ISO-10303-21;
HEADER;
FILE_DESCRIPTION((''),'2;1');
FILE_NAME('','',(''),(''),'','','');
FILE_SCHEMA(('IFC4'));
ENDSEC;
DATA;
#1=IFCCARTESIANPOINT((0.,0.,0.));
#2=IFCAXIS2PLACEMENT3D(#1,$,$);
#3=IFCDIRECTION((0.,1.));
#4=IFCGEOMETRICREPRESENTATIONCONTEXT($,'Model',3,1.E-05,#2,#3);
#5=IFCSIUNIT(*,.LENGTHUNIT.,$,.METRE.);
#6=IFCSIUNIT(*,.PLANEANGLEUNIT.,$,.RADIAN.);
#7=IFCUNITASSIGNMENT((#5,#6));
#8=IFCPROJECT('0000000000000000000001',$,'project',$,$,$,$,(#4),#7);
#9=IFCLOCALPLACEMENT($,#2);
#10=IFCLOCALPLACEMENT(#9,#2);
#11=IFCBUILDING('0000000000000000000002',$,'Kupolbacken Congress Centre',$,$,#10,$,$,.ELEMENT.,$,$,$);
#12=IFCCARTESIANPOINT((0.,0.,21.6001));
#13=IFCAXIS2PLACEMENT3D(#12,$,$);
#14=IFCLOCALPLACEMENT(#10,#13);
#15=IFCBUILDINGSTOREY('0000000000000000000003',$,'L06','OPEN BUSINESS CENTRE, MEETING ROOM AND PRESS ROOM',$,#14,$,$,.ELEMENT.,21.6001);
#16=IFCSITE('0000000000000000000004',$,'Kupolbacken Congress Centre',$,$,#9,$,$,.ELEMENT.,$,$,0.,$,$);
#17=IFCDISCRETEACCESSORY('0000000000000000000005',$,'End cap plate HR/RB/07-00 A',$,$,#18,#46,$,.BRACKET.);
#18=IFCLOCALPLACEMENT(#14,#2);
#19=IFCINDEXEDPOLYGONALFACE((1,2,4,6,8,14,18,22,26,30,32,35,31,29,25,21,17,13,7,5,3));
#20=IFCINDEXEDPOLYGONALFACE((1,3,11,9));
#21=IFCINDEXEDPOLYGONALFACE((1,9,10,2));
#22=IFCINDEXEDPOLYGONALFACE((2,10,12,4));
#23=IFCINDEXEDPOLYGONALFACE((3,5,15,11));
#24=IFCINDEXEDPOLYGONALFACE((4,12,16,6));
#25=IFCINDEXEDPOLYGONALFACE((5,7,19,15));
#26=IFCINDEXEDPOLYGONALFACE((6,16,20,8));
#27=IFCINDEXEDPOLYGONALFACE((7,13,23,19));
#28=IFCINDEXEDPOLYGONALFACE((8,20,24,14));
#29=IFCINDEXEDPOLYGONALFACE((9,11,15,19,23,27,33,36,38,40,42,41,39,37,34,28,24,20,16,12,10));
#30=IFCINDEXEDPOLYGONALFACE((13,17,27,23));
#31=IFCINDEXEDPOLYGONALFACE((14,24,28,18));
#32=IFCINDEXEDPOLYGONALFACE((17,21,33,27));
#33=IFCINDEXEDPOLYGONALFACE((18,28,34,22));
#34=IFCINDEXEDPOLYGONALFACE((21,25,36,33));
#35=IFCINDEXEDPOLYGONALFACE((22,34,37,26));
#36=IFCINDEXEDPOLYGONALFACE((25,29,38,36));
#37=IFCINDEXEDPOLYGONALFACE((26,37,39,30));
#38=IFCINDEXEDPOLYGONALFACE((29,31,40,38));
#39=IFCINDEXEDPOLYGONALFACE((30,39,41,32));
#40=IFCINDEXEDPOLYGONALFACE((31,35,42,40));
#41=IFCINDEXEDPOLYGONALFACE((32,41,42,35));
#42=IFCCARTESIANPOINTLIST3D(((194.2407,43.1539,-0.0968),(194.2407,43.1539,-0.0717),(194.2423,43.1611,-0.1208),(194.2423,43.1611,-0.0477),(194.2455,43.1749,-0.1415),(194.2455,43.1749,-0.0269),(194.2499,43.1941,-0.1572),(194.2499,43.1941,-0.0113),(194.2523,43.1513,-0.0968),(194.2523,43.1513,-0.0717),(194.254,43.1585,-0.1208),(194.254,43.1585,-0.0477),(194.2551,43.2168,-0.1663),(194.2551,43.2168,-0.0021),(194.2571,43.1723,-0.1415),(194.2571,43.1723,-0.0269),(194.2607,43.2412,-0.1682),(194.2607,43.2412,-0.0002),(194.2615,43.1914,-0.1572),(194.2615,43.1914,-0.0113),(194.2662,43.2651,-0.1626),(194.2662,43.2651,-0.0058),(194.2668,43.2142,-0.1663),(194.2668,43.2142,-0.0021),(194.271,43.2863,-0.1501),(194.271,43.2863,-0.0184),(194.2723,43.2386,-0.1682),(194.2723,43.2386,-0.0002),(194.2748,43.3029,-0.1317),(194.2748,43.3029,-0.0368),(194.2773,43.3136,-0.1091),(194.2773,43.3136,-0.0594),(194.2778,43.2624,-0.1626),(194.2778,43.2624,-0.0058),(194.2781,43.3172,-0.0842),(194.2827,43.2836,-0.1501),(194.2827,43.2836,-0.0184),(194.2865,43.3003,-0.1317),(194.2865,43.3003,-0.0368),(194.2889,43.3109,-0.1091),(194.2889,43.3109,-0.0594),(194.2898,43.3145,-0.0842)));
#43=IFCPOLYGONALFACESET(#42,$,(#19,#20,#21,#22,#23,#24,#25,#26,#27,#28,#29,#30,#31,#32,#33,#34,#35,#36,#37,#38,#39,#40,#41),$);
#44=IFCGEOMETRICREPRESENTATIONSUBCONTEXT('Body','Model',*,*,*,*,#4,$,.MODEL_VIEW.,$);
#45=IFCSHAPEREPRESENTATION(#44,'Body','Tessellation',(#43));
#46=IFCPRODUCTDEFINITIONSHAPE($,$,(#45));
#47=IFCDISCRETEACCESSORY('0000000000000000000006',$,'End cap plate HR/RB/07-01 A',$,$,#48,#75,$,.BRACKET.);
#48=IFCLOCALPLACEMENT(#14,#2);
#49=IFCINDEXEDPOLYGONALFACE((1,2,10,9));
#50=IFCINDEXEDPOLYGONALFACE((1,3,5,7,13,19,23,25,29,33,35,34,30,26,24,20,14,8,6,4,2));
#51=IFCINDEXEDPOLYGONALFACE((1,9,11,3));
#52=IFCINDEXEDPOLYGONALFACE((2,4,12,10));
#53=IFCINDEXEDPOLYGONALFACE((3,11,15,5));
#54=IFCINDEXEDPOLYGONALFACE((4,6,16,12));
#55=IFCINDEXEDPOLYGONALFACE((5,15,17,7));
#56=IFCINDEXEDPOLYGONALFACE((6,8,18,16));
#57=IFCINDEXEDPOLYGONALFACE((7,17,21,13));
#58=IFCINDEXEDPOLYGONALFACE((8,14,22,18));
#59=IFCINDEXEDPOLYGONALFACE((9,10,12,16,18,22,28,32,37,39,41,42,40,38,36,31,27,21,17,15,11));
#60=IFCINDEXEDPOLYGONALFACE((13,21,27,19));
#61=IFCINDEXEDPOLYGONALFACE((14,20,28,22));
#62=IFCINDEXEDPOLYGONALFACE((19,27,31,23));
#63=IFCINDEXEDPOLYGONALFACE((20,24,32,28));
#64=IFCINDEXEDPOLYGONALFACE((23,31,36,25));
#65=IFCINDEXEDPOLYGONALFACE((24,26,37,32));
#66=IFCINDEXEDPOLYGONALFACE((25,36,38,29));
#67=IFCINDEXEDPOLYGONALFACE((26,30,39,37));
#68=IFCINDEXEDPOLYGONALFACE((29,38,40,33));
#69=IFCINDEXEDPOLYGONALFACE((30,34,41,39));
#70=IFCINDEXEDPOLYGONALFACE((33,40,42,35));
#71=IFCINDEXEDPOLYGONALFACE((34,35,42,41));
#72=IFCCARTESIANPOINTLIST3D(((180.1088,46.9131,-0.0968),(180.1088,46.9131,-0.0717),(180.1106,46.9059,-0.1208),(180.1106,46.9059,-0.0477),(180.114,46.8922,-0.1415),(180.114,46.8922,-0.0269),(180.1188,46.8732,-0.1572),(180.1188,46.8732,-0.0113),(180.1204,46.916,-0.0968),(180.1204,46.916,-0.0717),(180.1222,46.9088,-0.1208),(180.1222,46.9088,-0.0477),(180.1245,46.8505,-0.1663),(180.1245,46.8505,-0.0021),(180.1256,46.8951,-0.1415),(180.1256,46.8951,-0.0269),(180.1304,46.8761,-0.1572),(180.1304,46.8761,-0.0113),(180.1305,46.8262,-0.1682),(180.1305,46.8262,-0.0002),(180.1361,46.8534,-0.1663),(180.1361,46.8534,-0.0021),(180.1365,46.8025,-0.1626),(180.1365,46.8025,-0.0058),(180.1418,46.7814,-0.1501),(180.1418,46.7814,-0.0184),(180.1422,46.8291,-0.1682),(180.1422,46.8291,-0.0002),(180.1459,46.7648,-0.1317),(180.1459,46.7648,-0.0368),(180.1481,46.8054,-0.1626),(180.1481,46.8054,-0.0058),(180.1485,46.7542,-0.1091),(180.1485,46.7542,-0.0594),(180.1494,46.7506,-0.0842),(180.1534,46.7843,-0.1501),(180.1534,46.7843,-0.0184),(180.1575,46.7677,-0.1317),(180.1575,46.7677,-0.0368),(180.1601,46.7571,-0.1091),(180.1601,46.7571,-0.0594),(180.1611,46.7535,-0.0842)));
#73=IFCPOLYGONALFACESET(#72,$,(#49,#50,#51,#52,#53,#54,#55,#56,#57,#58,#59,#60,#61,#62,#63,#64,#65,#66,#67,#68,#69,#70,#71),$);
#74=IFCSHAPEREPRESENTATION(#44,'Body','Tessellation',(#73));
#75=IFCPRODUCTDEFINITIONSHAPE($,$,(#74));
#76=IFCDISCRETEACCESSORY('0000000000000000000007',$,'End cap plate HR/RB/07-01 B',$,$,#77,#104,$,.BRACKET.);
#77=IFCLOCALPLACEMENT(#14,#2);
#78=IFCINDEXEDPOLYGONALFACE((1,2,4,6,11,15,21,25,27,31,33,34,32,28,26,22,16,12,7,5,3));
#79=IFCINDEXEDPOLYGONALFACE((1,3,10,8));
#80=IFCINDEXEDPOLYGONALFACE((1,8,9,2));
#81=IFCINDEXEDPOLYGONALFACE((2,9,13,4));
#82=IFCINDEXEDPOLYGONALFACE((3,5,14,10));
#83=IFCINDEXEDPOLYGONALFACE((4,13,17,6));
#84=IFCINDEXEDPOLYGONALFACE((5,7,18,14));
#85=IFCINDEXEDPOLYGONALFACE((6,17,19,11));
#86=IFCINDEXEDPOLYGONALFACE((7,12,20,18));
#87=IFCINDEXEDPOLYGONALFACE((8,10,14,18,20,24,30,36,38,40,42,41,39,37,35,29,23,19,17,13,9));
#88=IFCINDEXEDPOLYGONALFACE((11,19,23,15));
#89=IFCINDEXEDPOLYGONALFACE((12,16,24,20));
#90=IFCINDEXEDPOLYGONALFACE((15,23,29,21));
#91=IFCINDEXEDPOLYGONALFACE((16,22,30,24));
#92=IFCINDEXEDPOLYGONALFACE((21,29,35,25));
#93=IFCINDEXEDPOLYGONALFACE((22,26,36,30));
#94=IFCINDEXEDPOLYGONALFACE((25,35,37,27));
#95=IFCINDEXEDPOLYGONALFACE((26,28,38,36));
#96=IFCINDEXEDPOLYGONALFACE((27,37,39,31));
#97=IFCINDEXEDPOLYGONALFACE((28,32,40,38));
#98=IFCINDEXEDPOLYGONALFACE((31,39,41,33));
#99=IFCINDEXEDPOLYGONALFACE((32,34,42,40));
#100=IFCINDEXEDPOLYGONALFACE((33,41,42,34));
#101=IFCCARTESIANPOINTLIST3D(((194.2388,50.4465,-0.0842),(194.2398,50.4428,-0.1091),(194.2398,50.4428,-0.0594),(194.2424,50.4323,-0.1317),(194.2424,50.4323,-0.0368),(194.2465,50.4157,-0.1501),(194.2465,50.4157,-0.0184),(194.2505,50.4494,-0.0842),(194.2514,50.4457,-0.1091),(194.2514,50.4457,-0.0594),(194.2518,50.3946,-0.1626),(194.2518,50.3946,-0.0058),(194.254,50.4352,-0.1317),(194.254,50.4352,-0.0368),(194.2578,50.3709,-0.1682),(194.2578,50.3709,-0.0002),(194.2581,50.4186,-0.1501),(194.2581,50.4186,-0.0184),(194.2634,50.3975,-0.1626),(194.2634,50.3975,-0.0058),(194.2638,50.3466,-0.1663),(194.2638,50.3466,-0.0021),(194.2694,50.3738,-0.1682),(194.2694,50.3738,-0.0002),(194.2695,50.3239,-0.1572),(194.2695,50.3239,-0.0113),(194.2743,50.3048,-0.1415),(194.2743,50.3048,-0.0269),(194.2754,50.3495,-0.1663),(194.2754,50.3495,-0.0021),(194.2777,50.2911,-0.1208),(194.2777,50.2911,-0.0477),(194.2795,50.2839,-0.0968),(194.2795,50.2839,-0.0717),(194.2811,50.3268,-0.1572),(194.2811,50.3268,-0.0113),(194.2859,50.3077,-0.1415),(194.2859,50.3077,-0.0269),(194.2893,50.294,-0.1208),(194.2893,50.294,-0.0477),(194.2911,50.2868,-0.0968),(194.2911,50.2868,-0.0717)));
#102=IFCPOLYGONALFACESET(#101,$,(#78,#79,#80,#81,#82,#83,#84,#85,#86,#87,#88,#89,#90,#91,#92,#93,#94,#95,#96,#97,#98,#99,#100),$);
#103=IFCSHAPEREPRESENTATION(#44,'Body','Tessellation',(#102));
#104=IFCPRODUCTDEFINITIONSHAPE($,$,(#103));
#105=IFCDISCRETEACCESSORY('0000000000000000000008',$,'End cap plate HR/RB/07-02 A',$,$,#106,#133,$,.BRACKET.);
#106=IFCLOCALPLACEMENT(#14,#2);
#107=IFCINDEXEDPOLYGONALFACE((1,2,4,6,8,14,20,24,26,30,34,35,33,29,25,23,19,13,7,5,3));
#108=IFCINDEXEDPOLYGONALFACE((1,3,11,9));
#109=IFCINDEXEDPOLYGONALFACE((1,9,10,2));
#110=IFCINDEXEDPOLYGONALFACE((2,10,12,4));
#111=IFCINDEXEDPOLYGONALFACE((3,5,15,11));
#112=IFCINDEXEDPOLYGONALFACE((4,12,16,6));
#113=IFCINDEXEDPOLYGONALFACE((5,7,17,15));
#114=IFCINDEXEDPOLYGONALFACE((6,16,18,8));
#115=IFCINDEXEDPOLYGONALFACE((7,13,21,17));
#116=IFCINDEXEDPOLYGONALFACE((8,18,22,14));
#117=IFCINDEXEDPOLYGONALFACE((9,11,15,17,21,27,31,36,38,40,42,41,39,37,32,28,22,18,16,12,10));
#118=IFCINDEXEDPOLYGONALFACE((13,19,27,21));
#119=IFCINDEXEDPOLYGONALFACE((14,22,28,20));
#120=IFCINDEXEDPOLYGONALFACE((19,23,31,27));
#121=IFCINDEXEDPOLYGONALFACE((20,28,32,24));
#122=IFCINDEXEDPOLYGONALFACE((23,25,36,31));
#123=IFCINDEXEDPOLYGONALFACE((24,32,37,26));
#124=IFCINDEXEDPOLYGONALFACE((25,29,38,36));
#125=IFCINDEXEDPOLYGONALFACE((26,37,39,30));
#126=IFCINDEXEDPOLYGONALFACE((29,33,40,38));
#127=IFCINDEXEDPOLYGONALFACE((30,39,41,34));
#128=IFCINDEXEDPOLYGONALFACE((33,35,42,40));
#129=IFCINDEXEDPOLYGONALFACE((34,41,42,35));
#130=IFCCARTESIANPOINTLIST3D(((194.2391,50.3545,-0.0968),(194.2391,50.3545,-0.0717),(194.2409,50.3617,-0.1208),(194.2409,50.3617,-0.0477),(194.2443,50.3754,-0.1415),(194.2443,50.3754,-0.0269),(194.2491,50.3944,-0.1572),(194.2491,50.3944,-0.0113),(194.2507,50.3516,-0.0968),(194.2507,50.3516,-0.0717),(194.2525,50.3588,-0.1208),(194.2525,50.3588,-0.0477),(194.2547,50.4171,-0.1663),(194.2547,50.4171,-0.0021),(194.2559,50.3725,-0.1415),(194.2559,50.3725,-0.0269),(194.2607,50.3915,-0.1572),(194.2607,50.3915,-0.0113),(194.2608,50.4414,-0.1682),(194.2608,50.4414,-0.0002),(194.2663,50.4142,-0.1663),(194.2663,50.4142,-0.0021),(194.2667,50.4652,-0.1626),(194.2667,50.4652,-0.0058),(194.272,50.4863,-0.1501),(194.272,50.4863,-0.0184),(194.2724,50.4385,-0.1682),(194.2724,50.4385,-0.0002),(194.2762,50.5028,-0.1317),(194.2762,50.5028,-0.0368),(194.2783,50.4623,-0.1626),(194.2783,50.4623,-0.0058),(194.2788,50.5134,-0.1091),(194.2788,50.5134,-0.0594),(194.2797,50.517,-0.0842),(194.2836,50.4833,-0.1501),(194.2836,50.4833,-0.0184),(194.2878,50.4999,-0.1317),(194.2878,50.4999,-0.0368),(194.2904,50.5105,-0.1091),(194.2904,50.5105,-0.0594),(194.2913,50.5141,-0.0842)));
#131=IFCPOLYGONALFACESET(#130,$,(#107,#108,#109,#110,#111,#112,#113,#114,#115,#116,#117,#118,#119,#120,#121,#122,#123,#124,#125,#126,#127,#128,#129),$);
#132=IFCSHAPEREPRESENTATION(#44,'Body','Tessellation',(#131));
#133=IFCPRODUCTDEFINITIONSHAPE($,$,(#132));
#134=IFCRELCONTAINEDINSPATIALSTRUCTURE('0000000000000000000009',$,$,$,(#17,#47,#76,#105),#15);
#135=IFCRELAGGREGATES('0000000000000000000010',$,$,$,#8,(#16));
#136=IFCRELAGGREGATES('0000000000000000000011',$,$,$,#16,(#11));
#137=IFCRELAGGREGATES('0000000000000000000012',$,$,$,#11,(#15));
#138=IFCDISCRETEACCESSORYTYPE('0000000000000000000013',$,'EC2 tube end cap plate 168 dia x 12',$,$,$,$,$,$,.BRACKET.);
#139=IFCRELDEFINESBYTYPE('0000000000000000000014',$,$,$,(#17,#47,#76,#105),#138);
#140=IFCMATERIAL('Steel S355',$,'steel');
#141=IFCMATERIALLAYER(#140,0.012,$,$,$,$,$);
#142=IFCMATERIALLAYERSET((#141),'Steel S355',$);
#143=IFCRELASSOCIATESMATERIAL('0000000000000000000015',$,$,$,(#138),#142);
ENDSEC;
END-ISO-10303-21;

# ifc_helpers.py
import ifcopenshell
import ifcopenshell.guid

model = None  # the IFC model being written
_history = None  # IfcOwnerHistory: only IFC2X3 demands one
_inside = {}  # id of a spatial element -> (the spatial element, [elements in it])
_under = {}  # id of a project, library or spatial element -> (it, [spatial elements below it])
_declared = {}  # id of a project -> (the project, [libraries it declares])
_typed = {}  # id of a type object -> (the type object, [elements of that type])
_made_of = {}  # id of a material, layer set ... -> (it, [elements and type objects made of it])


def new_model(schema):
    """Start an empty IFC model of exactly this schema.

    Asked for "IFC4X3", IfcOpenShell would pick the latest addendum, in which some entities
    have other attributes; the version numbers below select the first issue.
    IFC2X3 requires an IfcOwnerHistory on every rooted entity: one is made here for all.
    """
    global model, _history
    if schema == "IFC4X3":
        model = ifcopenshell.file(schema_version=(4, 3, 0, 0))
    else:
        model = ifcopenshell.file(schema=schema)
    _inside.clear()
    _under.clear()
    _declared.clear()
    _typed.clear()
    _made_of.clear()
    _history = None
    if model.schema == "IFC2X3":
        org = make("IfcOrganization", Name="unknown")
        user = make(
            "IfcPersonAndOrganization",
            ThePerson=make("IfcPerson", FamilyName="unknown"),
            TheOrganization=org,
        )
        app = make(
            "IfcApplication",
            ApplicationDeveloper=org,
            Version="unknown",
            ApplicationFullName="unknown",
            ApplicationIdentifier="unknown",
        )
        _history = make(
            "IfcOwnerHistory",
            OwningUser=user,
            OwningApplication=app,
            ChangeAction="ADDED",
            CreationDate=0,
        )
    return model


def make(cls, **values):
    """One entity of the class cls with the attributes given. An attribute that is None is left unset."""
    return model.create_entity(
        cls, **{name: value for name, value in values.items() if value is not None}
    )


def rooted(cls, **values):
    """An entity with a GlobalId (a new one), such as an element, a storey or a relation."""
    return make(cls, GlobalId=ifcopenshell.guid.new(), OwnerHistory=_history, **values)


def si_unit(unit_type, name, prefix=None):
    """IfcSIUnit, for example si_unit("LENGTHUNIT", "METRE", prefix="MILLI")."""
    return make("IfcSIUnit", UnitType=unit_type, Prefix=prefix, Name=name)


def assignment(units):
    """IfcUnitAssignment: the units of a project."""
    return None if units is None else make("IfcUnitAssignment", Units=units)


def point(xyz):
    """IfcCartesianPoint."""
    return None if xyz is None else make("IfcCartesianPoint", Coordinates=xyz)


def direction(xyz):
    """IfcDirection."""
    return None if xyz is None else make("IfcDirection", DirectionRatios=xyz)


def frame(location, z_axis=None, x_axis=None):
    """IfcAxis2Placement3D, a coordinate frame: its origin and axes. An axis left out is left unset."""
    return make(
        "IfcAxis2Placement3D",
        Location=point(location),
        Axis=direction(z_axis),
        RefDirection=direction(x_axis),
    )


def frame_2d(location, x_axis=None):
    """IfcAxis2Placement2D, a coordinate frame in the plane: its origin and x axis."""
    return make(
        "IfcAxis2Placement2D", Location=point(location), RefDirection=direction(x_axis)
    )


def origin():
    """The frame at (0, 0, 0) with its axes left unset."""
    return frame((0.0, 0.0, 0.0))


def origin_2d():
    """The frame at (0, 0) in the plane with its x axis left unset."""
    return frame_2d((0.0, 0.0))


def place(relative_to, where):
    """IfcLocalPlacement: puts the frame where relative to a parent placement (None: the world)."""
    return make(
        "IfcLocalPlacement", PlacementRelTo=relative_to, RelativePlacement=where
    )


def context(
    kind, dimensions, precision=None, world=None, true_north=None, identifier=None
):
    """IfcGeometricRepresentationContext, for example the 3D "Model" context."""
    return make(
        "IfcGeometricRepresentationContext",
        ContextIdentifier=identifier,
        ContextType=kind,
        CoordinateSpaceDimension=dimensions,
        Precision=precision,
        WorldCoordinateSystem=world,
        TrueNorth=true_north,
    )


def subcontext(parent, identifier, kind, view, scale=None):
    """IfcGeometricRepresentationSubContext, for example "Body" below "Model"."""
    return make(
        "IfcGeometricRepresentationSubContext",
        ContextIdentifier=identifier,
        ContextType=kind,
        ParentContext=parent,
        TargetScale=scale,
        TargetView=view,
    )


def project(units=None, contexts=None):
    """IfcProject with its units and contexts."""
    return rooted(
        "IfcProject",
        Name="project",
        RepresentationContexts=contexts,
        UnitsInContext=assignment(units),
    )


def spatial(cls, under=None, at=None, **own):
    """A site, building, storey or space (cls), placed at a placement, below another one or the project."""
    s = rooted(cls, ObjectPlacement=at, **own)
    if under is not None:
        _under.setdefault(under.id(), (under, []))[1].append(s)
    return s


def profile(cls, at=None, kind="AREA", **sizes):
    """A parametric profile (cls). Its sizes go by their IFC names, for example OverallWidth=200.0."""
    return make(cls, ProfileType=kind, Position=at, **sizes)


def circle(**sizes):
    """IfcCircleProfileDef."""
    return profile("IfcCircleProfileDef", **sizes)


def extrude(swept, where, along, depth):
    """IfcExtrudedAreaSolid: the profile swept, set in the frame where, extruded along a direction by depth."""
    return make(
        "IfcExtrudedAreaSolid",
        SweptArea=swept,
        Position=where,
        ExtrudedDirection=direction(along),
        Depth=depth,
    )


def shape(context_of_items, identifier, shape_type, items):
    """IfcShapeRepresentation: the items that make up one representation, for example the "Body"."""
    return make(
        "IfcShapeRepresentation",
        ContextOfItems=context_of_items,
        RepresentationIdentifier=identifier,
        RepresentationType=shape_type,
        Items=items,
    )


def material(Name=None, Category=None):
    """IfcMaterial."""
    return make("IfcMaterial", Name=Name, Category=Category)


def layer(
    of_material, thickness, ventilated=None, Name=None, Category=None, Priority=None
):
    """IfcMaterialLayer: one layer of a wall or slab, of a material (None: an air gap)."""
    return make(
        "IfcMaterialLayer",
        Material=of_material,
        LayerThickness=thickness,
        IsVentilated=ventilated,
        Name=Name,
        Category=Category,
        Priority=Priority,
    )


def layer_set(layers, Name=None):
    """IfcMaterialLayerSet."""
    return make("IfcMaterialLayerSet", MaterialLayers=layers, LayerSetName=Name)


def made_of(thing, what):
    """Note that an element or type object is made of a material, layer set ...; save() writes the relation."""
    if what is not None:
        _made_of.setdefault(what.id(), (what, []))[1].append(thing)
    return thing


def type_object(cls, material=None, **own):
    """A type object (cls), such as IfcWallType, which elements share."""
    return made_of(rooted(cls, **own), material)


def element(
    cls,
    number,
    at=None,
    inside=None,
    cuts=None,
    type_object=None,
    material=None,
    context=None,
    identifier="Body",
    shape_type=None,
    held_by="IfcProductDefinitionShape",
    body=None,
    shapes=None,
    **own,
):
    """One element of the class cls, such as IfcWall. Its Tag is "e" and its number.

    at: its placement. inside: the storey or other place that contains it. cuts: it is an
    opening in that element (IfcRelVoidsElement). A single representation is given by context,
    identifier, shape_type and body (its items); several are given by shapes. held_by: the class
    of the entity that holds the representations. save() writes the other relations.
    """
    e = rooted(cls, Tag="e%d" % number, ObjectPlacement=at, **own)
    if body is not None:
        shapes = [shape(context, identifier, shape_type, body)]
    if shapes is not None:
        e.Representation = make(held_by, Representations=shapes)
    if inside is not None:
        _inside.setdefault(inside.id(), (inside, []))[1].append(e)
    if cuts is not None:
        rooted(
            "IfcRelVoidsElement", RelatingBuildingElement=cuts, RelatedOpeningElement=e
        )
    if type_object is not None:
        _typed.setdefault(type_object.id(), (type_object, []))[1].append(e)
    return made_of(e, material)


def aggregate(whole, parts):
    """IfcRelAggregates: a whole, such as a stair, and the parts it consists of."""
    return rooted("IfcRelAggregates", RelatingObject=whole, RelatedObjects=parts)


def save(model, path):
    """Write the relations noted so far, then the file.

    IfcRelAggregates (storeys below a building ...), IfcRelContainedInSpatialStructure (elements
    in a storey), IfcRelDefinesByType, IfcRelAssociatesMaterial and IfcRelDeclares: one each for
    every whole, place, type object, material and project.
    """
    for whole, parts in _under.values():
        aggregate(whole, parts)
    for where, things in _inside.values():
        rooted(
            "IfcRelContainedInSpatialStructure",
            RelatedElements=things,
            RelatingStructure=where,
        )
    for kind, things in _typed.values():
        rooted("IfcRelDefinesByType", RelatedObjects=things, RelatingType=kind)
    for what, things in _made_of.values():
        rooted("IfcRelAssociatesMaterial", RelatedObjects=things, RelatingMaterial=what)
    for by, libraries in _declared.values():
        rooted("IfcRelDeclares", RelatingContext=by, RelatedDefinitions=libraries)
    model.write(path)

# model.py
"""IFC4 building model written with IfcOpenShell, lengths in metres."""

from ifc_helpers import new_model, si_unit, direction, frame, origin, origin_2d, place, context, subcontext, project, spatial, circle, extrude, material, layer, layer_set, type_object, element, save


model = new_model("IFC4")

# Units and contexts
model_context = context("Model", 3, precision=1e-05, world=origin(), true_north=direction((0.0, 1.0)))
body_context = subcontext(model_context, "Body", "Model", "MODEL_VIEW")
ifc_project = project(units=[si_unit("LENGTHUNIT", "METRE"), si_unit("PLANEANGLEUNIT", "RADIAN")], contexts=[model_context])

# Site, building, storey
site_placement = place(None, origin())
site = spatial("IfcSite", under=ifc_project, at=site_placement, Name="Kupolbacken Congress Centre", CompositionType="ELEMENT", RefElevation=0.0)
building_placement = place(site_placement, origin())
building = spatial("IfcBuilding", under=site, at=building_placement, Name="Kupolbacken Congress Centre", CompositionType="ELEMENT")
storey_placement = place(building_placement, frame((0.0, 0.0, 21.6001)))
storey = spatial("IfcBuildingStorey", under=building, at=storey_placement, Name="L06", Description="OPEN BUSINESS CENTRE, MEETING ROOM AND PRESS ROOM", CompositionType="ELEMENT", Elevation=21.6001)

# Discrete accessories
ifc_material_1 = material(Name="Steel S355", Category="steel")
ifc_layer_1 = layer(ifc_material_1, 0.012)
ifc_layer_set_1 = layer_set([ifc_layer_1], Name="Steel S355")
discrete_accessory_type = type_object("IfcDiscreteAccessoryType", Name="EC2 tube end cap plate 168 dia x 12", PredefinedType="BRACKET", material=ifc_layer_set_1)
for number, where, z_axis, x_axis, name in (
    (1, (194.2593, 43.2351, -0.0842), (0.974732, -0.223376, 0.0), (0.223376, 0.974732, 0.0), "End cap plate HR/RB/07-00 A"),
    (2, (180.1406, 46.8352, -0.0842), (-0.970143, -0.242536, 0.0), (0.242536, -0.970143, 0.0), "End cap plate HR/RB/07-01 A"),
    (3, (194.2593, 50.3647, -0.0842), (0.970143, 0.242536, 0.0), (-0.242536, 0.970143, 0.0), "End cap plate HR/RB/07-01 B"),
    (4, (194.2593, 50.4353, -0.0842), (0.970143, -0.242536, 0.0), (0.242536, 0.970143, 0.0), "End cap plate HR/RB/07-02 A"),
):
    element("IfcDiscreteAccessory", number, at=place(storey_placement, frame(where, z_axis=z_axis, x_axis=x_axis)), inside=storey, type_object=discrete_accessory_type, Name=name, PredefinedType="BRACKET", context=body_context, shape_type="SweptSolid", body=[
        extrude(circle(Radius=0.0842, at=origin_2d()), origin(), (0.0, 0.0, 1.0), 0.012),
    ])

save(model, "model.ifc")
